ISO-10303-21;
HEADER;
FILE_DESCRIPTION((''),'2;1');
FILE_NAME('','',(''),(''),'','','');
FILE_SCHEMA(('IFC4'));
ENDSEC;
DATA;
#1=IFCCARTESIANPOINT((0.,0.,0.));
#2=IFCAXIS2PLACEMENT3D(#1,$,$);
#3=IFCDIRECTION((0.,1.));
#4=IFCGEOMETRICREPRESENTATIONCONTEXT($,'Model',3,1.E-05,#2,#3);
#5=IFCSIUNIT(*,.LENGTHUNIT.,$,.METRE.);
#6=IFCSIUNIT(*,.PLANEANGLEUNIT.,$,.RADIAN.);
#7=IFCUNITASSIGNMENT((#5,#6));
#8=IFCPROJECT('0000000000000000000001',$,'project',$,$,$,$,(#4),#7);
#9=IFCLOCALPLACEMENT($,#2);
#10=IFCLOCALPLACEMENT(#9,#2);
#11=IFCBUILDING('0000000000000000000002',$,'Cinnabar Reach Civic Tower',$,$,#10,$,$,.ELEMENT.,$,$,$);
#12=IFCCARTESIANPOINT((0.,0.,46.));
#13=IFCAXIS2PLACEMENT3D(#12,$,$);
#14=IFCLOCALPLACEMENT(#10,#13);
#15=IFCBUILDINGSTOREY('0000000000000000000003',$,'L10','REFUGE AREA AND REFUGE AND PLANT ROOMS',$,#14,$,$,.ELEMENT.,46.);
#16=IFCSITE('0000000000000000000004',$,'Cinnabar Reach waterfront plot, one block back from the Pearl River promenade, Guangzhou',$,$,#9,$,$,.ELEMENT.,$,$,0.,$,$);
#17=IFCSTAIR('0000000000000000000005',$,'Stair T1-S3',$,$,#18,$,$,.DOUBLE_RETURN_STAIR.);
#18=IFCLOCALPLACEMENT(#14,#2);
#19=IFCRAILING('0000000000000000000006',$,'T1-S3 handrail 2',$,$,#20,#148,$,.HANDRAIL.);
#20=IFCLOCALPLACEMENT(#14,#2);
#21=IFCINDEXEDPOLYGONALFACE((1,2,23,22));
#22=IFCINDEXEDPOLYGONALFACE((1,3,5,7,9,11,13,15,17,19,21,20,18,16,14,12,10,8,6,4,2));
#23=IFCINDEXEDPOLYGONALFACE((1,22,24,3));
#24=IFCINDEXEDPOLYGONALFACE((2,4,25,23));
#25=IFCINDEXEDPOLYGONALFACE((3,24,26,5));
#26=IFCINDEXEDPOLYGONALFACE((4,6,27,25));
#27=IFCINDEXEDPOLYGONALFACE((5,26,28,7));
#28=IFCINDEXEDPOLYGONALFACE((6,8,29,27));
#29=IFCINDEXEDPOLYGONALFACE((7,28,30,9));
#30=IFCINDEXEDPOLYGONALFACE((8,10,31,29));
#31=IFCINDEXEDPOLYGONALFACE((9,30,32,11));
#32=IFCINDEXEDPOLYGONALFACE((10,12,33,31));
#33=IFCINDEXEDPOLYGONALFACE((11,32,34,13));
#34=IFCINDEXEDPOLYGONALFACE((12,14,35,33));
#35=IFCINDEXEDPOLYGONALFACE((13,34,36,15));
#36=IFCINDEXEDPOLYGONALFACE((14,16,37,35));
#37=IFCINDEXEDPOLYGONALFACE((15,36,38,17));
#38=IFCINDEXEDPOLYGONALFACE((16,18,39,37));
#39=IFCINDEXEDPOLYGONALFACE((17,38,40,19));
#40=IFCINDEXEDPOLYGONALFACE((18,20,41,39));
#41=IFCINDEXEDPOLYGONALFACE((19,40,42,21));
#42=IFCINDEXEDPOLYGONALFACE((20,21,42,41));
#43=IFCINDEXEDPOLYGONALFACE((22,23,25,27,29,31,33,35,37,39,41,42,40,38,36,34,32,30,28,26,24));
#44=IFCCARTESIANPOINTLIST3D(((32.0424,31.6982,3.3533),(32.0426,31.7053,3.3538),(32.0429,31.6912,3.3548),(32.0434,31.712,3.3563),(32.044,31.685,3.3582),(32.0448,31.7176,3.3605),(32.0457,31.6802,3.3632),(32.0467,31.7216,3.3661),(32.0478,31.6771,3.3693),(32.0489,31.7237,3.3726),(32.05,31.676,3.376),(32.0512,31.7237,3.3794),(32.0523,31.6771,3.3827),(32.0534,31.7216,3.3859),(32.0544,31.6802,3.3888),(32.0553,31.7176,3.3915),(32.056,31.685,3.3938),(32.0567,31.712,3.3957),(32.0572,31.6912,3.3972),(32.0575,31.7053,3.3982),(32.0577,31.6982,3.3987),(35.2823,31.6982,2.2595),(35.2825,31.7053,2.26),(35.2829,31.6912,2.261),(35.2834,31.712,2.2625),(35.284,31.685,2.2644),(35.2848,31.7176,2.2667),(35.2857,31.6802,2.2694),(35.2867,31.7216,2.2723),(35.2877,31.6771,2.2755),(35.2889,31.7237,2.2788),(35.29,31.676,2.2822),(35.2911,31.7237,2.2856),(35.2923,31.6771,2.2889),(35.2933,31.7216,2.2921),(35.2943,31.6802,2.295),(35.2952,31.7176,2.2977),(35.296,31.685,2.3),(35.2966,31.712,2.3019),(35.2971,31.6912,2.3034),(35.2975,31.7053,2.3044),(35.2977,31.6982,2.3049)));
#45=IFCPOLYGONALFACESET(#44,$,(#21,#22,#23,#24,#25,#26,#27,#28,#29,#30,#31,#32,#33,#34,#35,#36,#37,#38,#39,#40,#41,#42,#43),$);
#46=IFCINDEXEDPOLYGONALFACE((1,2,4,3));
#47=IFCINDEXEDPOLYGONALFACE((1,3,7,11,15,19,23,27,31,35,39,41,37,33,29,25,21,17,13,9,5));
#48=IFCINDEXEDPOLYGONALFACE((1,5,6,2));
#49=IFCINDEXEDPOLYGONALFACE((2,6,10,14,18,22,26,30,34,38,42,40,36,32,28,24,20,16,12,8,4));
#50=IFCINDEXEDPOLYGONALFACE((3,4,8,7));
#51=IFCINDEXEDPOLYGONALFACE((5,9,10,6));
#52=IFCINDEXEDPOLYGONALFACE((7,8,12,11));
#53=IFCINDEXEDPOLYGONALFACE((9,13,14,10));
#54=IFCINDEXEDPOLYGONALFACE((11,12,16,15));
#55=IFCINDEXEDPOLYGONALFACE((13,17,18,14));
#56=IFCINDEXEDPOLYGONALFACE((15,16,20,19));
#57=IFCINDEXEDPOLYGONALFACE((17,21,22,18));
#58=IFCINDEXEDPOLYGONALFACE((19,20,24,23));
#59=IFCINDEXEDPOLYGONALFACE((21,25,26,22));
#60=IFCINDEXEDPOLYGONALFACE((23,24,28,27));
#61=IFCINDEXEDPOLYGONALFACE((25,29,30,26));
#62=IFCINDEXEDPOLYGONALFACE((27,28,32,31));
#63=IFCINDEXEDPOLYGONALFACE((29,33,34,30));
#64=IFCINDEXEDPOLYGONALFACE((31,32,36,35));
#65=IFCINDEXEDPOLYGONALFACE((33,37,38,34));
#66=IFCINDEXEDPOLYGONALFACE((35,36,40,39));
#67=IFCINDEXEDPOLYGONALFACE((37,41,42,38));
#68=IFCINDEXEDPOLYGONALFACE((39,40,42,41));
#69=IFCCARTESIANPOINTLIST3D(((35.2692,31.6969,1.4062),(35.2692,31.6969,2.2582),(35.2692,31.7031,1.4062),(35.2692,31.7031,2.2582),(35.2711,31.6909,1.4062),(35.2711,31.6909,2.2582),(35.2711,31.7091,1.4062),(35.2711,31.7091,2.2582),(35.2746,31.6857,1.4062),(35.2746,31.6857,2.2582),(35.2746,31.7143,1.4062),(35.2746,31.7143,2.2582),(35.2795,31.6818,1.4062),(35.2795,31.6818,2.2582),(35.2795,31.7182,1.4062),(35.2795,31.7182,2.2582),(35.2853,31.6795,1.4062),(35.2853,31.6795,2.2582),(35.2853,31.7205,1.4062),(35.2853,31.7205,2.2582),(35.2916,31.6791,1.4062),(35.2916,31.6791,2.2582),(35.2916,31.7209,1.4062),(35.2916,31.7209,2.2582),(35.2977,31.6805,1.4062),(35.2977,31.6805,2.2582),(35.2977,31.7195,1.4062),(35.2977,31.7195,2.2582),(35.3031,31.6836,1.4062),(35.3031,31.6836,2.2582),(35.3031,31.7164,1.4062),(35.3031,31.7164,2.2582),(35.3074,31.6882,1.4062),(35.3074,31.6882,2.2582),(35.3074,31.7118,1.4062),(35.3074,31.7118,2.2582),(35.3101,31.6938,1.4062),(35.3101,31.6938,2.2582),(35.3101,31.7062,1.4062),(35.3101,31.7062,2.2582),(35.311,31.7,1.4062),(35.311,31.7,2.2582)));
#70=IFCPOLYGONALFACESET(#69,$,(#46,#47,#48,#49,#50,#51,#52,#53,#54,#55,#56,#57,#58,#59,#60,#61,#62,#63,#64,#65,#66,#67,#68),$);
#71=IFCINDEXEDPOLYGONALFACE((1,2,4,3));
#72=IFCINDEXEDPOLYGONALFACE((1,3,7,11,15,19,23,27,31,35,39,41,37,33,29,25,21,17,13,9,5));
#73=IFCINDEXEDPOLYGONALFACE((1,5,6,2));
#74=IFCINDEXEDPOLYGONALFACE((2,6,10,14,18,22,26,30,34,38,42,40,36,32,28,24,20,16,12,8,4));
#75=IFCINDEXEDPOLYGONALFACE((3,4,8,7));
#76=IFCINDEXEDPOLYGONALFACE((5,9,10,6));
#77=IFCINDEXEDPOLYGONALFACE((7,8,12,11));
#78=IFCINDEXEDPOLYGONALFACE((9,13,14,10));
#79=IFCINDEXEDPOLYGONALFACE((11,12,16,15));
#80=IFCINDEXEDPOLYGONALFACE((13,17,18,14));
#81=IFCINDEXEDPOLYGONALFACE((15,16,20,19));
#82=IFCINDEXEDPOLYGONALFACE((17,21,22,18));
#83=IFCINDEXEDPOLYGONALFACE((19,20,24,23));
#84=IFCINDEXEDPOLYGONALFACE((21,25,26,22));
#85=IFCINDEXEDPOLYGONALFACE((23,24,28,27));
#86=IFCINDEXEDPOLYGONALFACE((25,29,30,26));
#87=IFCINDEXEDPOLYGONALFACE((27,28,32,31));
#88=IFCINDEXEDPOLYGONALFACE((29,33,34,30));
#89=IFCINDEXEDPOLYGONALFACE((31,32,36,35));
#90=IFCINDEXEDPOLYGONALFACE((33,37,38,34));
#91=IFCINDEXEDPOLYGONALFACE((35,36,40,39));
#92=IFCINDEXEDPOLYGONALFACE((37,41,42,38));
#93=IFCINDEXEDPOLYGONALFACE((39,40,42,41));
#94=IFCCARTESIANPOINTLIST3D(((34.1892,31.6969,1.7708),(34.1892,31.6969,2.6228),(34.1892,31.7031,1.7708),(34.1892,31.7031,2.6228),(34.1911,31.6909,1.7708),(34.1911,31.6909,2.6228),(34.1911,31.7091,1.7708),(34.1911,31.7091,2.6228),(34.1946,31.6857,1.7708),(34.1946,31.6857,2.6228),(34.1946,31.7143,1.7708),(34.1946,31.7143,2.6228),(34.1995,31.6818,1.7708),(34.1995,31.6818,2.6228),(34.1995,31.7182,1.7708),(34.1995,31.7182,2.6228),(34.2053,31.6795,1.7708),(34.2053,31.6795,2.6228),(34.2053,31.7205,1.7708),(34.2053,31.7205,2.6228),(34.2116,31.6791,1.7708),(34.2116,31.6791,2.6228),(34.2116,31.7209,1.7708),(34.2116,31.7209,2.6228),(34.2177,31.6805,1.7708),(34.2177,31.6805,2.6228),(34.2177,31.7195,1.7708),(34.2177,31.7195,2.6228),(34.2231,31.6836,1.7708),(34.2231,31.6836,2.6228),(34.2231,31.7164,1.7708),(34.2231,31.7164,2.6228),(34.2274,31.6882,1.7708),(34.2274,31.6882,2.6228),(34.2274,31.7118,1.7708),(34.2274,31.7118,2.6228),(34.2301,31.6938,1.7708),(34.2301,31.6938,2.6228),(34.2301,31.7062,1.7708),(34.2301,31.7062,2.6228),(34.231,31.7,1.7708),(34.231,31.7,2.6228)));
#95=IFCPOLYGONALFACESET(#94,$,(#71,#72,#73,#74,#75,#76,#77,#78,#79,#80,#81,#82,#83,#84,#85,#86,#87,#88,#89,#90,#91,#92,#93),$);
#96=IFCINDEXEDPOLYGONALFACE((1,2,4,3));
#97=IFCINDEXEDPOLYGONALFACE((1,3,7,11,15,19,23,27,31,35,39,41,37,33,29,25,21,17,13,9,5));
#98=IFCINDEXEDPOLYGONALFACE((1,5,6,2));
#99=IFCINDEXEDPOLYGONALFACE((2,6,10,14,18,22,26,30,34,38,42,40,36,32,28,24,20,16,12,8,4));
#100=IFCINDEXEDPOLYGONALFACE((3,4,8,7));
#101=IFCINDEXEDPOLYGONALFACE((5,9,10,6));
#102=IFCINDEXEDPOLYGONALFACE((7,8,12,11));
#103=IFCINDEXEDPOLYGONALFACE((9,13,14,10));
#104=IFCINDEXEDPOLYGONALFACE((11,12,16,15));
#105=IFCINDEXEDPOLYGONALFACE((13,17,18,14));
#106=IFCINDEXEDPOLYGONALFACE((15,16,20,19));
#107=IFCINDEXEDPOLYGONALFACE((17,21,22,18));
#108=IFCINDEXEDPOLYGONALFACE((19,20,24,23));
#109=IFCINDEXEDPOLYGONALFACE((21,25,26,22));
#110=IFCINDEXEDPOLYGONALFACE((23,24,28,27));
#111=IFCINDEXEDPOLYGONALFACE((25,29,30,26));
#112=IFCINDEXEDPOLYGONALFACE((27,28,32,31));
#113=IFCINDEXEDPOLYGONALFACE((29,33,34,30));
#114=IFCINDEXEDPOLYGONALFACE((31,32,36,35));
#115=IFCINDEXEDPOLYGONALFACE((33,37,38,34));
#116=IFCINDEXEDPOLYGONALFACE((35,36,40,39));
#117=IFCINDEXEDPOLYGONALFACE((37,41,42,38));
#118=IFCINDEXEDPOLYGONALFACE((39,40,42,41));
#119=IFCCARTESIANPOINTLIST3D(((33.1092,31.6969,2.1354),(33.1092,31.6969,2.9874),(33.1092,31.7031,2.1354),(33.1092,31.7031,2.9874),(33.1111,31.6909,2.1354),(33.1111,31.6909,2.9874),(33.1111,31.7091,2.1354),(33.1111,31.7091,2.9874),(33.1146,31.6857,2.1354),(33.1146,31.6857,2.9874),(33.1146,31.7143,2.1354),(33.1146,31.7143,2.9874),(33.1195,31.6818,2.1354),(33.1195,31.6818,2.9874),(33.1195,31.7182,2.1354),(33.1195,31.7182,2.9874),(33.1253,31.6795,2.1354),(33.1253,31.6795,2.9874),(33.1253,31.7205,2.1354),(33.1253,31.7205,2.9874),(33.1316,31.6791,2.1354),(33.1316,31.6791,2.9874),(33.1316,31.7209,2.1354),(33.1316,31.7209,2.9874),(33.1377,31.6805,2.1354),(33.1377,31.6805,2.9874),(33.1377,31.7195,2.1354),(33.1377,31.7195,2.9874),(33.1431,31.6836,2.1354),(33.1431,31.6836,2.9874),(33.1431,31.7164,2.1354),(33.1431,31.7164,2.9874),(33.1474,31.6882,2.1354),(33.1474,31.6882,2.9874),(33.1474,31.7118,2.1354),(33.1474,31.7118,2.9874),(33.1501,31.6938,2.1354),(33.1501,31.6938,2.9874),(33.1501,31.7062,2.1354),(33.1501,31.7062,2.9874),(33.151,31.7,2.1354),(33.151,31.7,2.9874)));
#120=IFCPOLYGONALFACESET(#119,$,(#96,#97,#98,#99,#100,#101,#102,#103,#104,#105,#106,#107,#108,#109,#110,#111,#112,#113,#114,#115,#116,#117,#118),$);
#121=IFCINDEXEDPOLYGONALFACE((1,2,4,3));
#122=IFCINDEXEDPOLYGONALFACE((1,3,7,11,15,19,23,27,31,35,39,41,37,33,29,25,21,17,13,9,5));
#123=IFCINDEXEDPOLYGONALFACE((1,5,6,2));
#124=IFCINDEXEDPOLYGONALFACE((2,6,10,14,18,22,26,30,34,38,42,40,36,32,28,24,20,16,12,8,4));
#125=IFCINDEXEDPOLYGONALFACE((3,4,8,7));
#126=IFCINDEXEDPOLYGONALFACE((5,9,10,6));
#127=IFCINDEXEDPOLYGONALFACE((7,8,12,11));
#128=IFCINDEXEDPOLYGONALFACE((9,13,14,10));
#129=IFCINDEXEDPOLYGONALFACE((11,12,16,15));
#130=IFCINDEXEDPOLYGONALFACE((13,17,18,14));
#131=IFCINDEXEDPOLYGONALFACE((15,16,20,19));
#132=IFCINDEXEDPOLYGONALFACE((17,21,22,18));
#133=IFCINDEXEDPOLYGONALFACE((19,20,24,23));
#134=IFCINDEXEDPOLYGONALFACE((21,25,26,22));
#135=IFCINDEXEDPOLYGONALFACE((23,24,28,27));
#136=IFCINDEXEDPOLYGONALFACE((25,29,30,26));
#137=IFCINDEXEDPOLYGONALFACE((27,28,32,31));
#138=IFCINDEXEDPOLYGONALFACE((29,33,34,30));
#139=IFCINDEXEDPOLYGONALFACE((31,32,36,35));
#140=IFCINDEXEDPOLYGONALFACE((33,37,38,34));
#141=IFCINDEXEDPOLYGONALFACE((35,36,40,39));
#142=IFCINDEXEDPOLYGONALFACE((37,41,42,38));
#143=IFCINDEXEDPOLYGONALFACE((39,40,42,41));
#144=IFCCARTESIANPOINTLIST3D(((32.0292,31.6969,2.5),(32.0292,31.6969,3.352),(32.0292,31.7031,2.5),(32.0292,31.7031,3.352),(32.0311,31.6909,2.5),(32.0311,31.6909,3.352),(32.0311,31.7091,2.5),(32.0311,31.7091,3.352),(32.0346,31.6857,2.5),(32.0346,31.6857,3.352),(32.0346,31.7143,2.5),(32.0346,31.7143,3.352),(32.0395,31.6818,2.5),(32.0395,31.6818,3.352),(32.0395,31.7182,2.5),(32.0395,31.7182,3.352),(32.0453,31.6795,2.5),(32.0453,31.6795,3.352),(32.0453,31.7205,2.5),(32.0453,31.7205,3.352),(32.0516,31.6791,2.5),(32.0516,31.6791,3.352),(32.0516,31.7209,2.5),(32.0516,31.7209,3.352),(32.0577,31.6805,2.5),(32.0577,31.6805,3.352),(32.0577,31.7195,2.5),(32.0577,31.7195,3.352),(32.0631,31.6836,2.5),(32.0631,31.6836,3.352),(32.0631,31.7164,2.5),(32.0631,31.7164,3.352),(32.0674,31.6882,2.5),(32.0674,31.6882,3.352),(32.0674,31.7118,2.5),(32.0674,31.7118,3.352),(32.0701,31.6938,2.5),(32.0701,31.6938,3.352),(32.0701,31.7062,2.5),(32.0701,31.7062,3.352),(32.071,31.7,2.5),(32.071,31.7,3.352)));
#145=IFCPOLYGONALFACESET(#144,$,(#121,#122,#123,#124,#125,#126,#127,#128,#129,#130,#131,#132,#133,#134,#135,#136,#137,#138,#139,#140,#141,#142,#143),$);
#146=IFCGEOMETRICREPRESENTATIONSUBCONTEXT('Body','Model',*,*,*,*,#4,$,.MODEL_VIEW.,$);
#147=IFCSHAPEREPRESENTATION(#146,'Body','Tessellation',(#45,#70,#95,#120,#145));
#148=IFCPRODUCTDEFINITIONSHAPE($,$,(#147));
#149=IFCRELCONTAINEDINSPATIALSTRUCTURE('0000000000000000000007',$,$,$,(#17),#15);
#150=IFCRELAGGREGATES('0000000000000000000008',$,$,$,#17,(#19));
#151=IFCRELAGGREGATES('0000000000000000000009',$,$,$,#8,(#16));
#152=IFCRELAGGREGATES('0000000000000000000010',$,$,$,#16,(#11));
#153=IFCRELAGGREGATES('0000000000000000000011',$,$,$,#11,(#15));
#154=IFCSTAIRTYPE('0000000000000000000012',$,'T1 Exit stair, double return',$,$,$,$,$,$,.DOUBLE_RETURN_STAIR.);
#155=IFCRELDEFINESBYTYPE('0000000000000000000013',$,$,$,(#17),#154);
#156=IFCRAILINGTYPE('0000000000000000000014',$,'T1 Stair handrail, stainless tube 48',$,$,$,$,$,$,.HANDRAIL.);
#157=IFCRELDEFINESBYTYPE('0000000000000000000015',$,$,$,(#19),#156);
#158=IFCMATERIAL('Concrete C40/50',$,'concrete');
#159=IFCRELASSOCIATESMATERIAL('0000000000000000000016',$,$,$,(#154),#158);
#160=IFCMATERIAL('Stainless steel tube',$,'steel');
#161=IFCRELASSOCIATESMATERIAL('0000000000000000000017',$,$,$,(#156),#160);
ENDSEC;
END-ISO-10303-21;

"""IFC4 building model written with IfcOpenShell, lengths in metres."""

from ifc_helpers import new_model, si_unit, direction, frame, origin, origin_2d, place, context, subcontext, project, spatial, circle, extrude, material, type_object, element, aggregate, save


model = new_model("IFC4")

# Units and contexts
model_context = context("Model", 3, precision=1e-05, world=origin(), true_north=direction((0.0, 1.0)))
body_context = subcontext(model_context, "Body", "Model", "MODEL_VIEW")
ifc_project = project(units=[si_unit("LENGTHUNIT", "METRE"), si_unit("PLANEANGLEUNIT", "RADIAN")], contexts=[model_context])

# Site, building, storey
site_placement = place(None, origin())
site = spatial("IfcSite", under=ifc_project, at=site_placement, Name="Cinnabar Reach waterfront plot, one block back from the Pearl River promenade, Guangzhou", CompositionType="ELEMENT", RefElevation=0.0)
building_placement = place(site_placement, origin())
building = spatial("IfcBuilding", under=site, at=building_placement, Name="Cinnabar Reach Civic Tower", CompositionType="ELEMENT")
storey_placement = place(building_placement, frame((0.0, 0.0, 46.0)))
storey = spatial("IfcBuildingStorey", under=building, at=storey_placement, Name="L10", Description="REFUGE AREA AND REFUGE AND PLANT ROOMS", CompositionType="ELEMENT", Elevation=46.0)

# Stair, railing
ifc_material_1 = material(Name="Concrete C40/50", Category="concrete")
stair_type = type_object("IfcStairType", Name="T1 Exit stair, double return", PredefinedType="DOUBLE_RETURN_STAIR", material=ifc_material_1)
stair_placement = place(storey_placement, origin())
stair = element("IfcStair", 1, at=stair_placement, inside=storey, type_object=stair_type, Name="Stair T1-S3", PredefinedType="DOUBLE_RETURN_STAIR")
ifc_material_2 = material(Name="Stainless steel tube", Category="steel")
railing_type = type_object("IfcRailingType", Name="T1 Stair handrail, stainless tube 48", PredefinedType="HANDRAIL", material=ifc_material_2)
railing_1_placement = place(storey_placement, frame((35.29, 31.7, 1.4062)))
railing_1 = element("IfcRailing", 2, at=railing_1_placement, type_object=railing_type, Name="T1-S3 handrail 2", PredefinedType="HANDRAIL", context=body_context, shape_type="SweptSolid", body=[
    extrude(circle(Radius=0.024, at=origin_2d()), frame((0.0, 0.0, 0.876), z_axis=(-0.947466, 0.0, 0.319857), x_axis=(0.0, -1.0, 0.0)), (0.0, 0.0, 1.0), 3.4196),
    extrude(circle(Radius=0.021, at=origin_2d()), origin(), (0.0, 0.0, 1.0), 0.852),
    extrude(circle(Radius=0.021, at=origin_2d()), frame((-1.08, 0.0, 0.3646)), (0.0, 0.0, 1.0), 0.852),
    extrude(circle(Radius=0.021, at=origin_2d()), frame((-2.16, 0.0, 0.7292)), (0.0, 0.0, 1.0), 0.852),
    extrude(circle(Radius=0.021, at=origin_2d()), frame((-3.24, 0.0, 1.0938)), (0.0, 0.0, 1.0), 0.852),
])
aggregate(stair, [railing_1])

save(model, "model.ifc")
